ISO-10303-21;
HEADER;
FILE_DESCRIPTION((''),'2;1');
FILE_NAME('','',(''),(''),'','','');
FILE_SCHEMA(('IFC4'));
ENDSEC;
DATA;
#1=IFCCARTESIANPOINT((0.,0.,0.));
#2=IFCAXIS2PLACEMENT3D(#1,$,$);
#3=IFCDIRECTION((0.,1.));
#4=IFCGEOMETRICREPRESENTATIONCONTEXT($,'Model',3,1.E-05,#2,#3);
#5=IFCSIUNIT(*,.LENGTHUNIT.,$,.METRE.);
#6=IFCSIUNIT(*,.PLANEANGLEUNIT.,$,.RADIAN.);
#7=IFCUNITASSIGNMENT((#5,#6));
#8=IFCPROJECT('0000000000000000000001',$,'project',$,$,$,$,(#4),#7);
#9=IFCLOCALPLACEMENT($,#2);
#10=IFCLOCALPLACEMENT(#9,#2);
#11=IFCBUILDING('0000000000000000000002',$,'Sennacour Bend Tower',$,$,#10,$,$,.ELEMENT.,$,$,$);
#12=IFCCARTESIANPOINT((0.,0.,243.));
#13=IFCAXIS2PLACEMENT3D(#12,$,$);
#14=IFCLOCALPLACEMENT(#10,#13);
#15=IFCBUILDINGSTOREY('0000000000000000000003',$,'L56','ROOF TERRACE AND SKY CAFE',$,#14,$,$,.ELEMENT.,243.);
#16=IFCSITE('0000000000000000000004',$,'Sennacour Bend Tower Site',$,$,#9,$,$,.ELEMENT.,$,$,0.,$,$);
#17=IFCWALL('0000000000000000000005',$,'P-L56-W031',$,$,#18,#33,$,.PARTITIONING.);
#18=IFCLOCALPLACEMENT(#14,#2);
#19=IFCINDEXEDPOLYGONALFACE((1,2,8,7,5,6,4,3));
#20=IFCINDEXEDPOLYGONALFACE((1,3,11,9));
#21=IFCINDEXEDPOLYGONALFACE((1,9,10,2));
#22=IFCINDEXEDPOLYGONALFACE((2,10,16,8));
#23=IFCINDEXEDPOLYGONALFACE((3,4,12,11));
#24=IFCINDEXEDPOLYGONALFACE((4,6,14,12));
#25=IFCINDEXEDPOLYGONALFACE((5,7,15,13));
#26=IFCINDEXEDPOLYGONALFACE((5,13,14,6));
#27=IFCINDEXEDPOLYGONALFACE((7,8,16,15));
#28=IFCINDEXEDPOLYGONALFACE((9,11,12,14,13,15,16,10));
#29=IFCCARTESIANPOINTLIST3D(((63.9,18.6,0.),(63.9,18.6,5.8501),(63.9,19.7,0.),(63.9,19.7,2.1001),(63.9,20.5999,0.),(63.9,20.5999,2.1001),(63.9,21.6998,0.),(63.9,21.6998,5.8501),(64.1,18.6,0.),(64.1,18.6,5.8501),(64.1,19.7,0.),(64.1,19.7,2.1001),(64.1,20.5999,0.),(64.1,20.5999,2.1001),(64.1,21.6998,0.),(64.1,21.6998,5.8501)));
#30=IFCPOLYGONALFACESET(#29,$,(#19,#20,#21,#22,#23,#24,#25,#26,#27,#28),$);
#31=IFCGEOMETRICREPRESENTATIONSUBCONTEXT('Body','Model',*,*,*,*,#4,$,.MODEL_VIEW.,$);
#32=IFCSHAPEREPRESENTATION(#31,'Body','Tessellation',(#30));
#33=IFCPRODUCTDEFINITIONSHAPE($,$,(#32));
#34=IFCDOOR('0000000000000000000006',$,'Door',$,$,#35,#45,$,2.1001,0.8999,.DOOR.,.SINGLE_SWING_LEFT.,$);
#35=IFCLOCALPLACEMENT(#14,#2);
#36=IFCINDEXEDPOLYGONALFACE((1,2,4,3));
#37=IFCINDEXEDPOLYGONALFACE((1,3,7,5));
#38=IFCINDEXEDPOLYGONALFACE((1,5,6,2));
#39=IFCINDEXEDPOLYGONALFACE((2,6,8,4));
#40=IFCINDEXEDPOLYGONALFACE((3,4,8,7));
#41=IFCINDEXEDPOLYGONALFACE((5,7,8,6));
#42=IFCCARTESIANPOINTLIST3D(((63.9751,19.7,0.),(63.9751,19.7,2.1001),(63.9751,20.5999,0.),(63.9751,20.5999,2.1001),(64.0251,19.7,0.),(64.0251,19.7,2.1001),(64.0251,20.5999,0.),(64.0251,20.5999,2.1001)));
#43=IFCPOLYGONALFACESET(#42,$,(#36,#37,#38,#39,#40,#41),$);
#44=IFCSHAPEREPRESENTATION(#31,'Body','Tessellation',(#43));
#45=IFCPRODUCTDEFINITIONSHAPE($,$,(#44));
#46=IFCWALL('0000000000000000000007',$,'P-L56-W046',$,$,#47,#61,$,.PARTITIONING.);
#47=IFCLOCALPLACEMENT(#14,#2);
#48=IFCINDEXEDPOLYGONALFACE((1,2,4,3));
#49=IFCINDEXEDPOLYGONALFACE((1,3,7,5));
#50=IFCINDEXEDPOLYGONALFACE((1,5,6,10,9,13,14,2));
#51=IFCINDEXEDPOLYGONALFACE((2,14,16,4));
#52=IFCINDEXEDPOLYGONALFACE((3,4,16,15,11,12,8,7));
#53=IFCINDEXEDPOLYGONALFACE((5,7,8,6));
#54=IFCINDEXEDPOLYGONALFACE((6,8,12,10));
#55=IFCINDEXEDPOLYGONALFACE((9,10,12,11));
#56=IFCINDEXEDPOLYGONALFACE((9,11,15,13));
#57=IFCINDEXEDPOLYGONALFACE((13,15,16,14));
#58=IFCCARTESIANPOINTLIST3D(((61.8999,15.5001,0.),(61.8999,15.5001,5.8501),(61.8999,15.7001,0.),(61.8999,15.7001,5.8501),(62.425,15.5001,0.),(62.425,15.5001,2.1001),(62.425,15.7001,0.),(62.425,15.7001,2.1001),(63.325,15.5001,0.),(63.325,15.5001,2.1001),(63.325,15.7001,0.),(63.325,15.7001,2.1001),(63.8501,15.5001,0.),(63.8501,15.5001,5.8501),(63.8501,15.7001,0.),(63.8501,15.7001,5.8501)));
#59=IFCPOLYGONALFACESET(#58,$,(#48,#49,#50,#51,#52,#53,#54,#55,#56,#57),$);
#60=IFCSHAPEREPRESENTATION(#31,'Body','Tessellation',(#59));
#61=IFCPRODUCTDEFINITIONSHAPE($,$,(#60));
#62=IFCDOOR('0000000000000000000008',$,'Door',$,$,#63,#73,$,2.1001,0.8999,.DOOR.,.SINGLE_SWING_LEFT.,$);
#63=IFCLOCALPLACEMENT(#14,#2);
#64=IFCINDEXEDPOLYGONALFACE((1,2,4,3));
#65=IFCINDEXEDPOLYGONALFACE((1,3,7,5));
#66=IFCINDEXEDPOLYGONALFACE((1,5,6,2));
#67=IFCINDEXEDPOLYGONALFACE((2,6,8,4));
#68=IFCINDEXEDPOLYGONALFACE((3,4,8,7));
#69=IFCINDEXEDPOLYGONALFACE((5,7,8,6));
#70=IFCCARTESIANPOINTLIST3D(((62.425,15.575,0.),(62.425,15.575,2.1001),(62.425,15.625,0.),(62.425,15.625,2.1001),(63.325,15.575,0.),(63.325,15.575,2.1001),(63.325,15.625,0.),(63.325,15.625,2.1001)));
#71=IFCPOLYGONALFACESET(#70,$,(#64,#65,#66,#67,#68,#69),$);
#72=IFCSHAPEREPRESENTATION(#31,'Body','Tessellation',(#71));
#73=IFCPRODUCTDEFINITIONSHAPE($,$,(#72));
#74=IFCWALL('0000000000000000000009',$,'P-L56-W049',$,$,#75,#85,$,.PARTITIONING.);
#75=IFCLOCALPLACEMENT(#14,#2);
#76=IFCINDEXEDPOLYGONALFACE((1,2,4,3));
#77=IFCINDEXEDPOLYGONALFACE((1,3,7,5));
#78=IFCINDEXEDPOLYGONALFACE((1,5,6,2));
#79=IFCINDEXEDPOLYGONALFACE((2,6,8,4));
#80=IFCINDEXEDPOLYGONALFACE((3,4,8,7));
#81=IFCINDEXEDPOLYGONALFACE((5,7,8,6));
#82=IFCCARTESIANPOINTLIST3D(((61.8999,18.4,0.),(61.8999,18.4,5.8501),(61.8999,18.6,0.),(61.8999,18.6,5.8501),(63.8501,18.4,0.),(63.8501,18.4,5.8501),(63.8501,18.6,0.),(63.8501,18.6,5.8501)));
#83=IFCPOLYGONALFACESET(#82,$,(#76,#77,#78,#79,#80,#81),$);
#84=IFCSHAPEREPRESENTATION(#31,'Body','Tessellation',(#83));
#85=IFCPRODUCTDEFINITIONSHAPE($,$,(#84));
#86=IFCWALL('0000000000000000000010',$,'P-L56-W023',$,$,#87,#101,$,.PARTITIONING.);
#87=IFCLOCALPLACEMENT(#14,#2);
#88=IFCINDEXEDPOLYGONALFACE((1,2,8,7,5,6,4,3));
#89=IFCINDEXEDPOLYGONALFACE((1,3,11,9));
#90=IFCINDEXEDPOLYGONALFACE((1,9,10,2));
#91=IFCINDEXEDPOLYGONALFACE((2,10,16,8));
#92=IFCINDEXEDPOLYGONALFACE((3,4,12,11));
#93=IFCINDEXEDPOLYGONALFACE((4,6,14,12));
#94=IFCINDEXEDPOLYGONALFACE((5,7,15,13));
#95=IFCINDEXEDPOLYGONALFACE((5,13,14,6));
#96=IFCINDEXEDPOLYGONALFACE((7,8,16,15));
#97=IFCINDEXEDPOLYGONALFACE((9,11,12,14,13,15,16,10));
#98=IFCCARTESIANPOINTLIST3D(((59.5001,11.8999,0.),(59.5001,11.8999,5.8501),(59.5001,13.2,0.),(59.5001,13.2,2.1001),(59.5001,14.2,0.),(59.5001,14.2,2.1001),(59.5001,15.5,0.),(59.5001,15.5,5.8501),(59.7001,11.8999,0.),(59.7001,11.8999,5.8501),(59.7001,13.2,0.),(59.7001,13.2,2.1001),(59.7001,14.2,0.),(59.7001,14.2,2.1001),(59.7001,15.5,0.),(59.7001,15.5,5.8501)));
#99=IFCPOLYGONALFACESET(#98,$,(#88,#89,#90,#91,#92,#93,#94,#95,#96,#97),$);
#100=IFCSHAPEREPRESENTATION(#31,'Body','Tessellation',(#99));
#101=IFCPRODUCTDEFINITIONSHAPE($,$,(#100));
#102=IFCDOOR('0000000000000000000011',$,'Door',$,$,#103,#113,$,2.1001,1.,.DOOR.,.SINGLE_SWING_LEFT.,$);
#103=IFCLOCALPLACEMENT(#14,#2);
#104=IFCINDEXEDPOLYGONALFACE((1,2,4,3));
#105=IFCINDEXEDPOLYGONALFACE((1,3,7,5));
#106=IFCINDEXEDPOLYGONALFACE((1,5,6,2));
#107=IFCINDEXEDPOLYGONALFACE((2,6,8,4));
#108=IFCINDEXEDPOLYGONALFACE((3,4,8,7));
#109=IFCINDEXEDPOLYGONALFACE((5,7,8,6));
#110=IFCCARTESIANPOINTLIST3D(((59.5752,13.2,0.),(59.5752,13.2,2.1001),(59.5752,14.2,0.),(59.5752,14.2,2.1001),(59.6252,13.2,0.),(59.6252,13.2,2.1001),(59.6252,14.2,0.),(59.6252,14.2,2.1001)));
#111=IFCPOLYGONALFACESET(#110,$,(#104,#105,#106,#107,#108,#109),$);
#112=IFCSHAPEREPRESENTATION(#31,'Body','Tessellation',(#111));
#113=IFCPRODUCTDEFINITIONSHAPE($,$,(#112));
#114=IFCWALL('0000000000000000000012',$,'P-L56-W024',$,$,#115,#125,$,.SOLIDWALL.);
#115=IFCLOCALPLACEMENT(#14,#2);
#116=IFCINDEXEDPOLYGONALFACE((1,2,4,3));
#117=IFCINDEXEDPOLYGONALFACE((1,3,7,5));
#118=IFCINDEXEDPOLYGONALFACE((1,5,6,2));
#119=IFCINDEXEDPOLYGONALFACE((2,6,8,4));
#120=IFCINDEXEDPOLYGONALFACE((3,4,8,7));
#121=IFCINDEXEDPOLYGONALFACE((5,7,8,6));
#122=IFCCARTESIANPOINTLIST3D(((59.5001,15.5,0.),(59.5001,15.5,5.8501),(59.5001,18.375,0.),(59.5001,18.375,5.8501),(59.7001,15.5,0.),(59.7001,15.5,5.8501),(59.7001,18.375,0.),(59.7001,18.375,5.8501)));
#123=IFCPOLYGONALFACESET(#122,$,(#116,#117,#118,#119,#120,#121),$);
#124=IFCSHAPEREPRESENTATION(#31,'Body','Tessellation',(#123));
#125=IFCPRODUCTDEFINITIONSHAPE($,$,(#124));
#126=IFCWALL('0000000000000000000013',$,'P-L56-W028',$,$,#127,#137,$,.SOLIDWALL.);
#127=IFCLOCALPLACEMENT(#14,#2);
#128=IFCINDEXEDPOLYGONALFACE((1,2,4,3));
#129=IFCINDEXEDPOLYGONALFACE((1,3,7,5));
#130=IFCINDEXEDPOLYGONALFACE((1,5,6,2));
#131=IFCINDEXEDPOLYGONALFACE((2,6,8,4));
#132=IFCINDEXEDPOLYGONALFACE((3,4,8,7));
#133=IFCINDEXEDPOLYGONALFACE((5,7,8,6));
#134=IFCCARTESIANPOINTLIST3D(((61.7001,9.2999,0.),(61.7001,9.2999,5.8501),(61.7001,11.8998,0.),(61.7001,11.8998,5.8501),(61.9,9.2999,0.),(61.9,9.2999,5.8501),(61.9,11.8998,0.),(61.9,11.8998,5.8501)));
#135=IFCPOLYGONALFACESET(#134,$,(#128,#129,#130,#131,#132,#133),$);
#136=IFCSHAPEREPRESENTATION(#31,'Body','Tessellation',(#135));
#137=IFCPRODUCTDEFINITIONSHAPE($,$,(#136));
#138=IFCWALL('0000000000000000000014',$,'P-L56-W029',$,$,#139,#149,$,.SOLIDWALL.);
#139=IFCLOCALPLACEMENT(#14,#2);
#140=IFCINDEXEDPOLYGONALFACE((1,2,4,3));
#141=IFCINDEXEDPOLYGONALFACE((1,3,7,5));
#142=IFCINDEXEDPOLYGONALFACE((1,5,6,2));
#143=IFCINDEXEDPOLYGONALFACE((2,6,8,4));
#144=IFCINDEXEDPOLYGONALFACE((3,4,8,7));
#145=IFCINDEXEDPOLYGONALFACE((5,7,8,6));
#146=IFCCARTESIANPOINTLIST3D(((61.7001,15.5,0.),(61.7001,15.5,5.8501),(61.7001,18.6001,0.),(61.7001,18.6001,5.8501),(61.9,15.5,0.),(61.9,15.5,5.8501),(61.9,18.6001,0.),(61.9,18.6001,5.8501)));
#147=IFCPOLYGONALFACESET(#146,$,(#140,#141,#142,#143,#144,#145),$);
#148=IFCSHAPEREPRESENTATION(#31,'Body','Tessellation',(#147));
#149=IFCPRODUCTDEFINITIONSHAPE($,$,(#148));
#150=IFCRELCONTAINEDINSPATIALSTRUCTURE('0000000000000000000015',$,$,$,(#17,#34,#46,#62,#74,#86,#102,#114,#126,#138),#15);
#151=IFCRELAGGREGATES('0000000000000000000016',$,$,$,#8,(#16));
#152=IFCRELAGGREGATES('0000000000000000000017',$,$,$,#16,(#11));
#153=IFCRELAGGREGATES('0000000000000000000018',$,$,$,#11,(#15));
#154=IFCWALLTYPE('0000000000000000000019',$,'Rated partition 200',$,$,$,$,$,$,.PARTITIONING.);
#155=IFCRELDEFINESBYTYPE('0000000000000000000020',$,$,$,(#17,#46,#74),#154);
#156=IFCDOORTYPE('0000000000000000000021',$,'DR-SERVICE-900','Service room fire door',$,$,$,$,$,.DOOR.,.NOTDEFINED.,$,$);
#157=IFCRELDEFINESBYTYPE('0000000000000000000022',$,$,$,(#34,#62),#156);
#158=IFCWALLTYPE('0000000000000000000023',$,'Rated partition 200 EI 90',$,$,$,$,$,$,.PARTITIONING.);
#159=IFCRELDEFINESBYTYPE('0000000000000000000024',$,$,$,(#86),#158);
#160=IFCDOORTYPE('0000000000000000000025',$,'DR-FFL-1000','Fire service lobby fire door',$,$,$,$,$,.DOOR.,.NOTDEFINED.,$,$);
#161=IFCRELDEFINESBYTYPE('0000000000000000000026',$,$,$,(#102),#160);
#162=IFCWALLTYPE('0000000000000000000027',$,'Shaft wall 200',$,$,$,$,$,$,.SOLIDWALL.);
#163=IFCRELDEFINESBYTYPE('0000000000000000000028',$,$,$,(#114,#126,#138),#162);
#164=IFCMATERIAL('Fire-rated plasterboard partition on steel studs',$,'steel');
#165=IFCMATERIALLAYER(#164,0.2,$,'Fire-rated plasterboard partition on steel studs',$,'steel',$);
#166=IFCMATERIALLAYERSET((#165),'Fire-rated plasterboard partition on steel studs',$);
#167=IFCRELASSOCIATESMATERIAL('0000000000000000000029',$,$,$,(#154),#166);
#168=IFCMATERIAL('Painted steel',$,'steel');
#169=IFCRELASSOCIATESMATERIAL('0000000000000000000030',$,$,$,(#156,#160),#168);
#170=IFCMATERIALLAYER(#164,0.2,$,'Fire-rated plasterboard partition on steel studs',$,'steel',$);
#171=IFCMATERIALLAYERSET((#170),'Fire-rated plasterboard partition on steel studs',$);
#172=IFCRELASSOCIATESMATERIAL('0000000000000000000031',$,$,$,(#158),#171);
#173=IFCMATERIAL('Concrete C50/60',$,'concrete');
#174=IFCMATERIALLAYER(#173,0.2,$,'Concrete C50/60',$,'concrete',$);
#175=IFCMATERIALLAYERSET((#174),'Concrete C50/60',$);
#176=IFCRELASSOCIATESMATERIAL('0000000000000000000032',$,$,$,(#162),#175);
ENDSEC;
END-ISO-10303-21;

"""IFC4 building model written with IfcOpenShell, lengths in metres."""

from ifc_helpers import new_model, si_unit, direction, frame, frame_2d, origin, place, context, subcontext, project, spatial, rectangle, extrude, material, layer, layer_set, type_object, element, fill, save


model = new_model("IFC4")

# Units and contexts
model_context = context("Model", 3, precision=1e-05, world=origin(), true_north=direction((0.0, 1.0)))
body_context = subcontext(model_context, "Body", "Model", "MODEL_VIEW")
ifc_project = project(units=[si_unit("LENGTHUNIT", "METRE"), si_unit("PLANEANGLEUNIT", "RADIAN")], contexts=[model_context])

# Site, building, storey
site_placement = place(None, origin())
site = spatial("IfcSite", under=ifc_project, at=site_placement, Name="Sennacour Bend Tower Site", CompositionType="ELEMENT", RefElevation=0.0)
building_placement = place(site_placement, origin())
building = spatial("IfcBuilding", under=site, at=building_placement, Name="Sennacour Bend Tower", CompositionType="ELEMENT")
storey_placement = place(building_placement, frame((0.0, 0.0, 243.0)))
storey = spatial("IfcBuildingStorey", under=building, at=storey_placement, Name="L56", Description="ROOF TERRACE AND SKY CAFE", CompositionType="ELEMENT", Elevation=243.0)

# Walls, openings, doors
ifc_material_1 = material(Name="Fire-rated plasterboard partition on steel studs", Category="steel")
ifc_layer_1 = layer(ifc_material_1, 0.2, Name="Fire-rated plasterboard partition on steel studs", Category="steel")
ifc_layer_set_1 = layer_set([ifc_layer_1], Name="Fire-rated plasterboard partition on steel studs")
wall_type_1 = type_object("IfcWallType", Name="Rated partition 200", PredefinedType="PARTITIONING", material=ifc_layer_set_1)
wall_1_placement = place(storey_placement, frame((64.0, 18.6001, 0.0), z_axis=(0.0, 0.0, 1.0), x_axis=(0.0, 1.0, 0.0)))
wall_1 = element("IfcWall", 1, at=wall_1_placement, inside=storey, type_object=wall_type_1, Name="P-L56-W031", PredefinedType="PARTITIONING", context=body_context, shape_type="SweptSolid", body=[
    extrude(rectangle(XDim=3.0999, YDim=0.2, at=frame_2d((1.5498, 0.0))), origin(), (0.0, 0.0, 1.0), 5.8501),
])
opening_1_placement = place(wall_1_placement, frame((1.0999, 0.0, 0.0)))
opening_1 = element("IfcOpeningElement", 2, at=opening_1_placement, cuts=wall_1, PredefinedType="OPENING", context=body_context, shape_type="SweptSolid", body=[
    extrude(rectangle(XDim=0.8999, YDim=2.1001, at=frame_2d((0.45, 1.05))), frame((0.0, 0.1099, 0.0), z_axis=(0.0, -1.0, 0.0), x_axis=(1.0, 0.0, 0.0)), (0.0, 0.0, 1.0), 0.22),
])
ifc_material_2 = material(Name="Painted steel", Category="steel")
door_type_1 = type_object("IfcDoorType", Name="DR-SERVICE-900", Description="Service room fire door", OperationType="NOTDEFINED", PredefinedType="DOOR", material=ifc_material_2)
door_1_placement = place(opening_1_placement, origin())
door_1 = element("IfcDoor", 3, at=door_1_placement, inside=storey, type_object=door_type_1, Name="Door", OperationType="SINGLE_SWING_LEFT", OverallHeight=2.1001, OverallWidth=0.8999, PredefinedType="DOOR", context=body_context, shape_type="SweptSolid", body=[
    extrude(rectangle(XDim=0.8999, YDim=2.1001, at=frame_2d((0.45, 1.05))), frame((0.0, 0.0249, 0.0), z_axis=(0.0, -1.0, 0.0), x_axis=(1.0, 0.0, 0.0)), (0.0, 0.0, 1.0), 0.05),
])
fill(opening_1, door_1)
wall_2_placement = place(storey_placement, frame((61.8999, 15.6001, 0.0), z_axis=(0.0, 0.0, 1.0), x_axis=(1.0, 0.0, 0.0)))
wall_2 = element("IfcWall", 4, at=wall_2_placement, inside=storey, type_object=wall_type_1, Name="P-L56-W046", PredefinedType="PARTITIONING", context=body_context, shape_type="SweptSolid", body=[
    extrude(rectangle(XDim=1.9502, YDim=0.2, at=frame_2d((0.9751, 0.0))), origin(), (0.0, 0.0, 1.0), 5.8501),
])
opening_2_placement = place(wall_2_placement, frame((0.5251, 0.0, 0.0)))
opening_2 = element("IfcOpeningElement", 5, at=opening_2_placement, cuts=wall_2, PredefinedType="OPENING", context=body_context, shape_type="SweptSolid", body=[
    extrude(rectangle(XDim=0.8999, YDim=2.1001, at=frame_2d((0.45, 1.05))), frame((0.0, 0.1099, 0.0), z_axis=(0.0, -1.0, 0.0), x_axis=(1.0, 0.0, 0.0)), (0.0, 0.0, 1.0), 0.22),
])
door_2_placement = place(opening_2_placement, origin())
door_2 = element("IfcDoor", 6, at=door_2_placement, inside=storey, type_object=door_type_1, Name="Door", OperationType="SINGLE_SWING_LEFT", OverallHeight=2.1001, OverallWidth=0.8999, PredefinedType="DOOR", context=body_context, shape_type="SweptSolid", body=[
    extrude(rectangle(XDim=0.8999, YDim=2.1001, at=frame_2d((0.45, 1.05))), frame((0.0, 0.0249, 0.0), z_axis=(0.0, -1.0, 0.0), x_axis=(1.0, 0.0, 0.0)), (0.0, 0.0, 1.0), 0.05),
])
fill(opening_2, door_2)

# Wall
wall_3_placement = place(storey_placement, frame((61.8999, 18.5, 0.0), z_axis=(0.0, 0.0, 1.0), x_axis=(1.0, 0.0, 0.0)))
element("IfcWall", 7, at=wall_3_placement, inside=storey, type_object=wall_type_1, Name="P-L56-W049", PredefinedType="PARTITIONING", context=body_context, shape_type="SweptSolid", body=[
    extrude(rectangle(XDim=1.9502, YDim=0.2, at=frame_2d((0.9751, 0.0))), origin(), (0.0, 0.0, 1.0), 5.8501),
])

# Wall, opening, door
ifc_layer_2 = layer(ifc_material_1, 0.2, Name="Fire-rated plasterboard partition on steel studs", Category="steel")
ifc_layer_set_2 = layer_set([ifc_layer_2], Name="Fire-rated plasterboard partition on steel studs")
wall_type_2 = type_object("IfcWallType", Name="Rated partition 200 EI 90", PredefinedType="PARTITIONING", material=ifc_layer_set_2)
wall_4_placement = place(storey_placement, frame((59.6001, 11.8999, 0.0), z_axis=(0.0, 0.0, 1.0), x_axis=(0.0, 1.0, 0.0)))
wall_4 = element("IfcWall", 8, at=wall_4_placement, inside=storey, type_object=wall_type_2, Name="P-L56-W023", PredefinedType="PARTITIONING", context=body_context, shape_type="SweptSolid", body=[
    extrude(rectangle(XDim=3.6001, YDim=0.2, at=frame_2d((1.8, 0.0))), origin(), (0.0, 0.0, 1.0), 5.8501),
])
opening_3_placement = place(wall_4_placement, frame((1.3, 0.0, 0.0)))
opening_3 = element("IfcOpeningElement", 9, at=opening_3_placement, cuts=wall_4, PredefinedType="OPENING", context=body_context, shape_type="SweptSolid", body=[
    extrude(rectangle(XDim=1.0, YDim=2.1001, at=frame_2d((0.5, 1.05))), frame((0.0, 0.1099, 0.0), z_axis=(0.0, -1.0, 0.0), x_axis=(1.0, 0.0, 0.0)), (0.0, 0.0, 1.0), 0.22),
])
door_type_2 = type_object("IfcDoorType", Name="DR-FFL-1000", Description="Fire service lobby fire door", OperationType="NOTDEFINED", PredefinedType="DOOR", material=ifc_material_2)
door_3_placement = place(opening_3_placement, origin())
door_3 = element("IfcDoor", 10, at=door_3_placement, inside=storey, type_object=door_type_2, Name="Door", OperationType="SINGLE_SWING_LEFT", OverallHeight=2.1001, OverallWidth=1.0, PredefinedType="DOOR", context=body_context, shape_type="SweptSolid", body=[
    extrude(rectangle(XDim=1.0, YDim=2.1001, at=frame_2d((0.5, 1.05))), frame((0.0, 0.0249, 0.0), z_axis=(0.0, -1.0, 0.0), x_axis=(1.0, 0.0, 0.0)), (0.0, 0.0, 1.0), 0.05),
])
fill(opening_3, door_3)

# Walls
ifc_material_3 = material(Name="Concrete C50/60", Category="concrete")
ifc_layer_3 = layer(ifc_material_3, 0.2, Name="Concrete C50/60", Category="concrete")
ifc_layer_set_3 = layer_set([ifc_layer_3], Name="Concrete C50/60")
wall_type_3 = type_object("IfcWallType", Name="Shaft wall 200", PredefinedType="SOLIDWALL", material=ifc_layer_set_3)
wall_5_placement = place(storey_placement, frame((59.6001, 15.5, 0.0), z_axis=(0.0, 0.0, 1.0), x_axis=(0.0, 1.0, 0.0)))
element("IfcWall", 11, at=wall_5_placement, inside=storey, type_object=wall_type_3, Name="P-L56-W024", PredefinedType="SOLIDWALL", context=body_context, shape_type="SweptSolid", body=[
    extrude(rectangle(XDim=2.875, YDim=0.2, at=frame_2d((1.4375, 0.0))), origin(), (0.0, 0.0, 1.0), 5.8501),
])
wall_6_placement = place(storey_placement, frame((61.8, 9.3, 0.0), z_axis=(0.0, 0.0, 1.0), x_axis=(0.0, 1.0, 0.0)))
element("IfcWall", 12, at=wall_6_placement, inside=storey, type_object=wall_type_3, Name="P-L56-W028", PredefinedType="SOLIDWALL", context=body_context, shape_type="SweptSolid", body=[
    extrude(rectangle(XDim=2.5999, YDim=0.2, at=frame_2d((1.2998, 0.0))), origin(), (0.0, 0.0, 1.0), 5.8501),
])
wall_7_placement = place(storey_placement, frame((61.8, 15.5, 0.0), z_axis=(0.0, 0.0, 1.0), x_axis=(0.0, 1.0, 0.0)))
element("IfcWall", 13, at=wall_7_placement, inside=storey, type_object=wall_type_3, Name="P-L56-W029", PredefinedType="SOLIDWALL", context=body_context, shape_type="SweptSolid", body=[
    extrude(rectangle(XDim=3.1001, YDim=0.2, at=frame_2d((1.55, 0.0))), origin(), (0.0, 0.0, 1.0), 5.8501),
])

save(model, "model.ifc")
